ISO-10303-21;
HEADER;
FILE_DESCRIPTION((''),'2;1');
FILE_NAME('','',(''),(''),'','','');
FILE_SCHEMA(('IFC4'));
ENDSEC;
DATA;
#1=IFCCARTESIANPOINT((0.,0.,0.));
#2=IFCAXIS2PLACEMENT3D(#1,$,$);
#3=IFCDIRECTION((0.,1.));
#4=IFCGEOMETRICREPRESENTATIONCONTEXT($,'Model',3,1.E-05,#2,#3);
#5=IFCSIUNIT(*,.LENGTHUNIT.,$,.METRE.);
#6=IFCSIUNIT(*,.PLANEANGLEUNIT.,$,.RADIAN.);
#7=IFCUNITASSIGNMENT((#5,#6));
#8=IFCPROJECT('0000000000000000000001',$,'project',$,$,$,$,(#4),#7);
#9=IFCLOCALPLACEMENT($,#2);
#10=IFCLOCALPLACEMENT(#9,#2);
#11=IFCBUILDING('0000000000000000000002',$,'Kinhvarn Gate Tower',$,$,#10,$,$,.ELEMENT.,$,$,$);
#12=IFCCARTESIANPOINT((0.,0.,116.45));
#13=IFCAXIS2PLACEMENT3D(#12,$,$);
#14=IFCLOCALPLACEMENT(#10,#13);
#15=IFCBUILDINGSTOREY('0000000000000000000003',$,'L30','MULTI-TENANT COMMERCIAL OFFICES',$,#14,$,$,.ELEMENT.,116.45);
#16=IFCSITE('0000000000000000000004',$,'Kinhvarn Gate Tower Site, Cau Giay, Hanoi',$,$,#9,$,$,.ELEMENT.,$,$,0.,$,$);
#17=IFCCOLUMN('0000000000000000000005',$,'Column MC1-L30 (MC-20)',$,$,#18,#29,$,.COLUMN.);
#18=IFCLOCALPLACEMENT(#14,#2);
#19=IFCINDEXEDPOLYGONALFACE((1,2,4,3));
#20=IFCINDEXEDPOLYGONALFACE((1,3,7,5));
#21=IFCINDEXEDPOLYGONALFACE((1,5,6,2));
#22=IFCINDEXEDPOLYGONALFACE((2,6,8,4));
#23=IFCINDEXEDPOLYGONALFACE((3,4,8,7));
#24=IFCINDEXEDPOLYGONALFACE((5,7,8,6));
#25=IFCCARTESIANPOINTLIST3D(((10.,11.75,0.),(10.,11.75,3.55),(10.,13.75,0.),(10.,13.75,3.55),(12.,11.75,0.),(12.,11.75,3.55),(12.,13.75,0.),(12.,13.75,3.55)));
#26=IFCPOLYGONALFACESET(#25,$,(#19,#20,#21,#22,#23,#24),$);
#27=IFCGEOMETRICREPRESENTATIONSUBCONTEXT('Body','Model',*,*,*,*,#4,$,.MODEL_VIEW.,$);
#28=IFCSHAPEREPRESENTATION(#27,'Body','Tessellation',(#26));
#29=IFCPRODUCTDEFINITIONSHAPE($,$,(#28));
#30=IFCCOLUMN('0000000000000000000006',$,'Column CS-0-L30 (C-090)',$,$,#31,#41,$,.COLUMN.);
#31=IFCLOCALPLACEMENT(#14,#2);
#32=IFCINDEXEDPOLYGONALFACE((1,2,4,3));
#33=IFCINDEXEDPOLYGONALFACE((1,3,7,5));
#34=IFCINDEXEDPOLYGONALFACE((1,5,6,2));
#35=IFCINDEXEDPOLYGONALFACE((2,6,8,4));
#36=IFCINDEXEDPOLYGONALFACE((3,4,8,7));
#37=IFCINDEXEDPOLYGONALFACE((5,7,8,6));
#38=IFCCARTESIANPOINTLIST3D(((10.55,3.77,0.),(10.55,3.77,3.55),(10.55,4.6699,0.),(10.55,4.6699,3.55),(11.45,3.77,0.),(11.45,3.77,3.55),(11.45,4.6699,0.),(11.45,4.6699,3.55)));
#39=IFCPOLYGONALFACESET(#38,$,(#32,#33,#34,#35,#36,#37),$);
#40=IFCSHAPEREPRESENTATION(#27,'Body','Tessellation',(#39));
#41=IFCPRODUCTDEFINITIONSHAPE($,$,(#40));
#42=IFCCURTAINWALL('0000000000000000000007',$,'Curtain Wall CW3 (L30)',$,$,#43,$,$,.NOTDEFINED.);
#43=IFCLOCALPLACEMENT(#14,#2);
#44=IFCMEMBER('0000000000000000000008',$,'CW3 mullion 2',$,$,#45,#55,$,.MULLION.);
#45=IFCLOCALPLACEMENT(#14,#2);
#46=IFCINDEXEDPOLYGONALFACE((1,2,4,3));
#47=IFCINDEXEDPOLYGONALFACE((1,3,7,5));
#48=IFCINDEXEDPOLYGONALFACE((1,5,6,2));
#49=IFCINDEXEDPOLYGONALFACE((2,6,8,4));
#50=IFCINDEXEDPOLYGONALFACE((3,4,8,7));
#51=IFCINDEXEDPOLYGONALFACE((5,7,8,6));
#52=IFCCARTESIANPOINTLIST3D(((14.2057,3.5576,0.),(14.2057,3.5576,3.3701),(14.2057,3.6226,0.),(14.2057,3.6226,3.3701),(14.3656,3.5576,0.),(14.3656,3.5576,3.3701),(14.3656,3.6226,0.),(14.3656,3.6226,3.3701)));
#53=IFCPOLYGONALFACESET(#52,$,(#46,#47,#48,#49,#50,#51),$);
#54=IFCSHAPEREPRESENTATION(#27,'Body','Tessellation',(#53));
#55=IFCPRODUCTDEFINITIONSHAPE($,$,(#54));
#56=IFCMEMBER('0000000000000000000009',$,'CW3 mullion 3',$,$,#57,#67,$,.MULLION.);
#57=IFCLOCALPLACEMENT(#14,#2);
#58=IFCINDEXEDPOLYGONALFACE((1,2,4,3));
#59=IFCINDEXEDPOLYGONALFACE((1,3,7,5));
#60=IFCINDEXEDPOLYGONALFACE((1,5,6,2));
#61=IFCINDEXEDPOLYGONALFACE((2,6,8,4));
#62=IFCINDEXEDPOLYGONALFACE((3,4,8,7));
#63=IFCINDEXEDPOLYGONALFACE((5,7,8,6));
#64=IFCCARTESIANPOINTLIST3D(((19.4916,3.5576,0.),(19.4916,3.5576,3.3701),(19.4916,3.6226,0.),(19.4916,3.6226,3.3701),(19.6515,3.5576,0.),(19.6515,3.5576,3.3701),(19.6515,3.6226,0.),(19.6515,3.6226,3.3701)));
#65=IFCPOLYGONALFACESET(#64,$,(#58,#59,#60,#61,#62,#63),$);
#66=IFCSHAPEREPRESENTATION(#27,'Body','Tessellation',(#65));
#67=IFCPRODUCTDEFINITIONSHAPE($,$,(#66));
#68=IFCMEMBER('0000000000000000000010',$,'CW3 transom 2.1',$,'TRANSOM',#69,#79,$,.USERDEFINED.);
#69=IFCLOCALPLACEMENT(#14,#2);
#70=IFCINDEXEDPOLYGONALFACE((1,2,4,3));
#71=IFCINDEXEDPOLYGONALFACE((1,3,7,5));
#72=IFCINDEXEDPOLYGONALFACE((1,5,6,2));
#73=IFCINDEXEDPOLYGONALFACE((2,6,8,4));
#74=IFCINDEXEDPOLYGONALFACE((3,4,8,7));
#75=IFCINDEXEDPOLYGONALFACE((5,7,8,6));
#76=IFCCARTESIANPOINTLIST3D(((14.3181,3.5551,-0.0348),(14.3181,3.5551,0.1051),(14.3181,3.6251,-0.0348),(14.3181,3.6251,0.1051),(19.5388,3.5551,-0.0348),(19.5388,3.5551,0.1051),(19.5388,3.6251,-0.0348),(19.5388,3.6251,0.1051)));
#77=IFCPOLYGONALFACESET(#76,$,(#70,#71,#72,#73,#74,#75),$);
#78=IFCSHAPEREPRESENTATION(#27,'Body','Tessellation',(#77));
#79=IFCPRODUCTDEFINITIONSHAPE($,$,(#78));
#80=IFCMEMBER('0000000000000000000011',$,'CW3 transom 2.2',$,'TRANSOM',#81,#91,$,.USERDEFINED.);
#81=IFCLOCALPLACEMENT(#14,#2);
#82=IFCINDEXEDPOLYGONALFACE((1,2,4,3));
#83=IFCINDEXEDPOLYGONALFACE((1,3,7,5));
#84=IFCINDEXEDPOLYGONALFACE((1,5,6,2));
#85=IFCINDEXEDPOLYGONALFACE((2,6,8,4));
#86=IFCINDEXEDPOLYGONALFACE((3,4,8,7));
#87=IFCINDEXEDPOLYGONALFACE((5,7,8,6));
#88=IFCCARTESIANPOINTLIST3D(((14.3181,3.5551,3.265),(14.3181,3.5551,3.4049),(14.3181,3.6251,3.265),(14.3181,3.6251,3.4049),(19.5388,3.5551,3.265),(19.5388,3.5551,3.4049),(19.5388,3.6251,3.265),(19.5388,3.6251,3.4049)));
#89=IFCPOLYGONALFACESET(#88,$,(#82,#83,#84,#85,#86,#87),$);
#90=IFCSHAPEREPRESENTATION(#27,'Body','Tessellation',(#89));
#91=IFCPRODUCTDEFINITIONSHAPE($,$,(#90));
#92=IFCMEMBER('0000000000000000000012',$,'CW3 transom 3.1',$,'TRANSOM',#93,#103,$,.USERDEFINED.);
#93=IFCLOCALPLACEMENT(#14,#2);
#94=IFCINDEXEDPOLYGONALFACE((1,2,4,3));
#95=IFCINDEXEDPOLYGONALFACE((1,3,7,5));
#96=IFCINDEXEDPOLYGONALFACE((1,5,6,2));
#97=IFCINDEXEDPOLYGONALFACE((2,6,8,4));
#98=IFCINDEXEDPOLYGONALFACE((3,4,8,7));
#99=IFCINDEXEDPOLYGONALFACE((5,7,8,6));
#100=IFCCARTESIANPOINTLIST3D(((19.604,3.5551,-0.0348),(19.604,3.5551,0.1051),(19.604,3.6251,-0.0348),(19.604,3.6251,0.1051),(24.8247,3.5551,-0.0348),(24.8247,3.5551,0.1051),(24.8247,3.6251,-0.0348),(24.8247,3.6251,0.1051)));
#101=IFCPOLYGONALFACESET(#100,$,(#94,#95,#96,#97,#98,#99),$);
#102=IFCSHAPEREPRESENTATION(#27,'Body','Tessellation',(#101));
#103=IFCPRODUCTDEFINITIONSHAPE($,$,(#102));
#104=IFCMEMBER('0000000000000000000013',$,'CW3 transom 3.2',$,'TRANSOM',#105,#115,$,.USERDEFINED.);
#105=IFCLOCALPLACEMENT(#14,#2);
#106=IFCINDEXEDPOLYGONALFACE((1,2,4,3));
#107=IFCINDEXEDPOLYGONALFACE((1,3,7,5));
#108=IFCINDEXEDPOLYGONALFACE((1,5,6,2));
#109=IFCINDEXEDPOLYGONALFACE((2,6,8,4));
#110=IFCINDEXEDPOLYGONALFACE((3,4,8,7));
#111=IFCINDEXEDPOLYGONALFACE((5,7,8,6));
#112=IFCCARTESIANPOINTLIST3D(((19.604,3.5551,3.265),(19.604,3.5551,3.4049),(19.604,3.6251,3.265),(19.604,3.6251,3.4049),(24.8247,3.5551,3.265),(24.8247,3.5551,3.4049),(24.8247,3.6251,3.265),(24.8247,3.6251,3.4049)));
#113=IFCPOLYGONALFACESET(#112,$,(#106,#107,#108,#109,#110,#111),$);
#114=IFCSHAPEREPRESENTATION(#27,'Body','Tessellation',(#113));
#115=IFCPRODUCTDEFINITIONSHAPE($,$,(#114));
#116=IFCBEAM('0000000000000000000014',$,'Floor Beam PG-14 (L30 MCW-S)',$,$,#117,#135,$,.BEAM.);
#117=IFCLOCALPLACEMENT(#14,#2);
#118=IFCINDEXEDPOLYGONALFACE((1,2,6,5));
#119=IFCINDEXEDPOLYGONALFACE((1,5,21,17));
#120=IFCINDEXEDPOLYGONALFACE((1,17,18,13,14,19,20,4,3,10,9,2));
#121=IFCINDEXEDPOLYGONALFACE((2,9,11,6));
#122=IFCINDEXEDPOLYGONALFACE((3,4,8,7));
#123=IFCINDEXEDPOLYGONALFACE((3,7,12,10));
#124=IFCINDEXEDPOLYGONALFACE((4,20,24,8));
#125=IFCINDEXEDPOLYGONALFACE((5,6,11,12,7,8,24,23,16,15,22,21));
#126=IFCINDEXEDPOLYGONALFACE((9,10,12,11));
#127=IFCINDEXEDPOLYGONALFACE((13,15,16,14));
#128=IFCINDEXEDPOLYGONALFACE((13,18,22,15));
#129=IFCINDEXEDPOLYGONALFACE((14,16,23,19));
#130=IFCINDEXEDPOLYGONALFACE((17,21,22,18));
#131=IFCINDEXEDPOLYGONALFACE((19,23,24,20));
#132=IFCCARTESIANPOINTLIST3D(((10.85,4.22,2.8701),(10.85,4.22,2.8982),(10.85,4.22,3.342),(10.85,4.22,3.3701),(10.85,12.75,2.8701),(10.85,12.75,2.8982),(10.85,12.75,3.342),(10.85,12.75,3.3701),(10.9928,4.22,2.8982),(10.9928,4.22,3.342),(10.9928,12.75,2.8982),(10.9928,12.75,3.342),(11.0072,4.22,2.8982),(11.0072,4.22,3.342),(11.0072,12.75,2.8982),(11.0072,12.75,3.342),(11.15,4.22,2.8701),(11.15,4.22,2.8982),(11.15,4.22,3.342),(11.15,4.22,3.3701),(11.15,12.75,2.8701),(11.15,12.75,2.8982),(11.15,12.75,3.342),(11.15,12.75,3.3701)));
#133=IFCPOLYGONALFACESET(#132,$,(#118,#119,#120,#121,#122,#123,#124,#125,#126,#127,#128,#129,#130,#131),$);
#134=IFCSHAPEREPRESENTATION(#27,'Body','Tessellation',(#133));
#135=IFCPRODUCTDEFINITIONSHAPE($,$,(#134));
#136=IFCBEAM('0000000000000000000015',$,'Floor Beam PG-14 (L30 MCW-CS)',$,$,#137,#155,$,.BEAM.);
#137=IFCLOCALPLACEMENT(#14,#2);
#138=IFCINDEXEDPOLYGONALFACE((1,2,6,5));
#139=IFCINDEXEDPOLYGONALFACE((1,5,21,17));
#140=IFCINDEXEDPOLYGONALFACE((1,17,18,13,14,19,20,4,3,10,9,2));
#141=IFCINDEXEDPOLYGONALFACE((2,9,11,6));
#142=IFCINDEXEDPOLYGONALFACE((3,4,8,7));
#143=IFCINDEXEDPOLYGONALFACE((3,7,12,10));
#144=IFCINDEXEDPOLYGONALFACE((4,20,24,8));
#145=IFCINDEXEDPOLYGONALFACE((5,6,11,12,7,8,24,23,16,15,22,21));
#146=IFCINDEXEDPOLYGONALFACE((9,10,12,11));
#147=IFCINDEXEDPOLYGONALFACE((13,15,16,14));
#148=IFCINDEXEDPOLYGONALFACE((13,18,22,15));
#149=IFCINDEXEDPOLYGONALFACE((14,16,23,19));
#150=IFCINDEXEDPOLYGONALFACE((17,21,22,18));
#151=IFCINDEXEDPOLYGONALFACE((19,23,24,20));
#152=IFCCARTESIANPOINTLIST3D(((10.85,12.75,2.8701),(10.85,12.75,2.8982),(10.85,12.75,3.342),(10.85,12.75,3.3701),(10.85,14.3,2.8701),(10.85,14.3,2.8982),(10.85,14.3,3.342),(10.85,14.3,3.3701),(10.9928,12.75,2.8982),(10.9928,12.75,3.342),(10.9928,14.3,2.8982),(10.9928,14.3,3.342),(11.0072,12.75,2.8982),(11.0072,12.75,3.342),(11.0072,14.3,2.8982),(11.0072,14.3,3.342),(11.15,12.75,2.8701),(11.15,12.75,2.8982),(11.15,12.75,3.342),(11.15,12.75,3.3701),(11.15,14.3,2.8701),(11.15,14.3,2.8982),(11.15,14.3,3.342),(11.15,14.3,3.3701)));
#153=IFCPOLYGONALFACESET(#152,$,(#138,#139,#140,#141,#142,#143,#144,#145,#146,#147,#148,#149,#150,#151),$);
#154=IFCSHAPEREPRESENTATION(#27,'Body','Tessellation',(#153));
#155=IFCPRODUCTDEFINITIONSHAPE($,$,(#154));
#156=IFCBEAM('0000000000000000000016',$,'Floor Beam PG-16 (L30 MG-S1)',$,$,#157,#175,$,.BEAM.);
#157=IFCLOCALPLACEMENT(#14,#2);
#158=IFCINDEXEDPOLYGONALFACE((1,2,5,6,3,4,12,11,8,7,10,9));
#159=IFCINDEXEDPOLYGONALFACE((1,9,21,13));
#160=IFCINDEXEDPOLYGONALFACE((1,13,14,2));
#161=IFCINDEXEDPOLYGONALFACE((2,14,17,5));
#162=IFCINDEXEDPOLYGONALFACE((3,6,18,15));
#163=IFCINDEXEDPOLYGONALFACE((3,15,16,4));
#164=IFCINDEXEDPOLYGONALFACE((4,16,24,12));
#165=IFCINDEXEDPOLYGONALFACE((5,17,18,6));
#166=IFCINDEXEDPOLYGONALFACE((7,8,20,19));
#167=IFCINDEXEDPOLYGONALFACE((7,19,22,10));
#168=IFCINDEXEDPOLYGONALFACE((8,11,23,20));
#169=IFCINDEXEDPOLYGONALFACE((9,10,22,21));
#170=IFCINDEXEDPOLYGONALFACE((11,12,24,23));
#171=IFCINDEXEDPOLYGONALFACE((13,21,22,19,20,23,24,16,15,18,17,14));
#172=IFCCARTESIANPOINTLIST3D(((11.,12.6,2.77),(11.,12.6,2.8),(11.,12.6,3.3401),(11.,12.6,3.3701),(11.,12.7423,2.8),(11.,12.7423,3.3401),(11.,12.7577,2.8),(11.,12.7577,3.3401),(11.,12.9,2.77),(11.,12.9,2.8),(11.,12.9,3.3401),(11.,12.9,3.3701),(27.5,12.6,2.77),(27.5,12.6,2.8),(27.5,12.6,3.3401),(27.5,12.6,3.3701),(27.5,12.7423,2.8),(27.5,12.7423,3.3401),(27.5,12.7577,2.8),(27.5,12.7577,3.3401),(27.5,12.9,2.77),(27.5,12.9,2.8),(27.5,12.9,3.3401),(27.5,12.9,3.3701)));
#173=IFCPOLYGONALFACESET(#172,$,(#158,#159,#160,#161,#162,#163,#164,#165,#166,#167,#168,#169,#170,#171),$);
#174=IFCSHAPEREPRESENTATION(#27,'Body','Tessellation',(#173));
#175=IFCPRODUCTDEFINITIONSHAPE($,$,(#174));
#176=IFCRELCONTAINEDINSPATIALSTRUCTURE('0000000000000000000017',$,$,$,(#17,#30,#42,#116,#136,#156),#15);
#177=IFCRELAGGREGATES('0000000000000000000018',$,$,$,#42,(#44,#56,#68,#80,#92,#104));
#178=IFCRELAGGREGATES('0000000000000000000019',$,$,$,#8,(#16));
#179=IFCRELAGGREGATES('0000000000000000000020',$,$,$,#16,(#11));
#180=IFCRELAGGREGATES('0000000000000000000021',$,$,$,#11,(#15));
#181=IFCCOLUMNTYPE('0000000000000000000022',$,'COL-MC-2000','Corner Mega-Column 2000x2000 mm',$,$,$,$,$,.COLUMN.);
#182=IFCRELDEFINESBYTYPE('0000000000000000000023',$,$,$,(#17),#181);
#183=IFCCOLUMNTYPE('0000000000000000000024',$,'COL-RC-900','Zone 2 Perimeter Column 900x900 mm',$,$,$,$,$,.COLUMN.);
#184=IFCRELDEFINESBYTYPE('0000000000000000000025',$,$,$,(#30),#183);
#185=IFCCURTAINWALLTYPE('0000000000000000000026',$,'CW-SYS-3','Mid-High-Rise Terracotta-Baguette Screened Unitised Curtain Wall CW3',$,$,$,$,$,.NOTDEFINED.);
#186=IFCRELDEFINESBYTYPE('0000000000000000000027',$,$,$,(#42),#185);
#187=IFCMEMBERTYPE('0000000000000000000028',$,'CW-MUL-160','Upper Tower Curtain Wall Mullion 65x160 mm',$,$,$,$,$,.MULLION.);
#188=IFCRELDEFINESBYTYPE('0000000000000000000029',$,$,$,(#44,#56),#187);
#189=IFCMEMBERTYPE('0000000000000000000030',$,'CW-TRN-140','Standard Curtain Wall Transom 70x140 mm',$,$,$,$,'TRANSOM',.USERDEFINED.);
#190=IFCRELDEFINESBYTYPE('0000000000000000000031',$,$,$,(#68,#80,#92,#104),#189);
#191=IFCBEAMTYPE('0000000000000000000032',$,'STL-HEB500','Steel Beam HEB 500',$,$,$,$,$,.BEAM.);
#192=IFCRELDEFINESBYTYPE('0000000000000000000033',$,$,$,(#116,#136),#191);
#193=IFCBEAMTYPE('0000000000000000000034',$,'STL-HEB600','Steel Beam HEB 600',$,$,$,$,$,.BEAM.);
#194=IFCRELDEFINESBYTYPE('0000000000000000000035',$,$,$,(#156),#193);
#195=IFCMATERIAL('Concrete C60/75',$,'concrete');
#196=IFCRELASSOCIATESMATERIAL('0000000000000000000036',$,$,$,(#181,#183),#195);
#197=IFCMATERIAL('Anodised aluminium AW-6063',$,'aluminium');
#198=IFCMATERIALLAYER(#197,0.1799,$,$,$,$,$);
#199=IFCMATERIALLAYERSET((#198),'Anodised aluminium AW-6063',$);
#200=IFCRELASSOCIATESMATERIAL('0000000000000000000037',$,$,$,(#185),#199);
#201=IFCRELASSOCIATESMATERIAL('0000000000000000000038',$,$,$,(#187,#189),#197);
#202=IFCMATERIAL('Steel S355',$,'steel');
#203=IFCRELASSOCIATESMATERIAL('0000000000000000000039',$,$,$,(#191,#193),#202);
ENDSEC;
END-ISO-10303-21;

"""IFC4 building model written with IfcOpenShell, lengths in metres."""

from ifc_helpers import new_model, si_unit, direction, frame, origin, origin_2d, place, context, subcontext, project, spatial, rectangle, i_section, extrude, material, layer, layer_set, material_profile, profile_set, type_object, element, aggregate, save


model = new_model("IFC4")

# Units and contexts
model_context = context("Model", 3, precision=1e-05, world=origin(), true_north=direction((0.0, 1.0)))
body_context = subcontext(model_context, "Body", "Model", "MODEL_VIEW")
ifc_project = project(units=[si_unit("LENGTHUNIT", "METRE"), si_unit("PLANEANGLEUNIT", "RADIAN")], contexts=[model_context])

# Site, building, storey
site_placement = place(None, origin())
site = spatial("IfcSite", under=ifc_project, at=site_placement, Name="Kinhvarn Gate Tower Site, Cau Giay, Hanoi", CompositionType="ELEMENT", RefElevation=0.0)
building_placement = place(site_placement, origin())
building = spatial("IfcBuilding", under=site, at=building_placement, Name="Kinhvarn Gate Tower", CompositionType="ELEMENT")
storey_placement = place(building_placement, frame((0.0, 0.0, 116.45)))
storey = spatial("IfcBuildingStorey", under=building, at=storey_placement, Name="L30", Description="MULTI-TENANT COMMERCIAL OFFICES", CompositionType="ELEMENT", Elevation=116.45)

# Columns
ifc_material_1 = material(Name="Concrete C60/75", Category="concrete")
ifc_material_profile_1 = material_profile(ifc_material_1, rectangle(XDim=2.0, YDim=2.0, at=origin_2d()), Name="RC 2000x2000")
ifc_profile_set_1 = profile_set([ifc_material_profile_1], Name="Concrete C60/75")
column_type_1 = type_object("IfcColumnType", Name="COL-MC-2000", Description="Corner Mega-Column 2000x2000 mm", PredefinedType="COLUMN", material=ifc_profile_set_1)
column_1_placement = place(storey_placement, frame((11.0, 12.75, 0.0), z_axis=(0.0, 0.0, 1.0), x_axis=(1.0, 0.0, 0.0)))
element("IfcColumn", 1, at=column_1_placement, inside=storey, type_object=column_type_1, Name="Column MC1-L30 (MC-20)", PredefinedType="COLUMN", context=body_context, shape_type="SweptSolid", body=[
    extrude(rectangle(XDim=2.0, YDim=2.0, at=origin_2d()), origin(), (0.0, 0.0, 1.0), 3.55),
])
ifc_material_profile_2 = material_profile(ifc_material_1, rectangle(XDim=0.8999, YDim=0.8999, at=origin_2d()), Name="RC 900x900")
ifc_profile_set_2 = profile_set([ifc_material_profile_2], Name="Concrete C60/75")
column_type_2 = type_object("IfcColumnType", Name="COL-RC-900", Description="Zone 2 Perimeter Column 900x900 mm", PredefinedType="COLUMN", material=ifc_profile_set_2)
column_2_placement = place(storey_placement, frame((11.0, 4.22, 0.0), z_axis=(0.0, 0.0, 1.0), x_axis=(1.0, 0.0, 0.0)))
element("IfcColumn", 2, at=column_2_placement, inside=storey, type_object=column_type_2, Name="Column CS-0-L30 (C-090)", PredefinedType="COLUMN", context=body_context, shape_type="SweptSolid", body=[
    extrude(rectangle(XDim=0.8999, YDim=0.8999, at=origin_2d()), origin(), (0.0, 0.0, 1.0), 3.55),
])

# Curtain wall, members
ifc_material_2 = material(Name="Anodised aluminium AW-6063", Category="aluminium")
ifc_layer_1 = layer(ifc_material_2, 0.1799)
ifc_layer_set_1 = layer_set([ifc_layer_1], Name="Anodised aluminium AW-6063")
curtain_wall_type = type_object("IfcCurtainWallType", Name="CW-SYS-3", Description="Mid-High-Rise Terracotta-Baguette Screened Unitised Curtain Wall CW3", PredefinedType="NOTDEFINED", material=ifc_layer_set_1)
curtain_wall_placement = place(storey_placement, origin())
curtain_wall = element("IfcCurtainWall", 3, at=curtain_wall_placement, inside=storey, type_object=curtain_wall_type, Name="Curtain Wall CW3 (L30)", PredefinedType="NOTDEFINED")
ifc_material_profile_3 = material_profile(ifc_material_2, rectangle(XDim=0.0649, YDim=0.1599, at=origin_2d()), Name="ALU 65x160")
ifc_profile_set_3 = profile_set([ifc_material_profile_3], Name="Anodised aluminium AW-6063")
member_type_1 = type_object("IfcMemberType", Name="CW-MUL-160", Description="Upper Tower Curtain Wall Mullion 65x160 mm", PredefinedType="MULLION", material=ifc_profile_set_3)
member_1_placement = place(storey_placement, frame((14.2856, 3.5901, 0.0), z_axis=(0.0, 0.0, 1.0), x_axis=(0.0, 1.0, 0.0)))
member_1 = element("IfcMember", 4, at=member_1_placement, type_object=member_type_1, Name="CW3 mullion 2", PredefinedType="MULLION", context=body_context, shape_type="SweptSolid", body=[
    extrude(rectangle(XDim=0.0649, YDim=0.1599, at=origin_2d()), origin(), (0.0, 0.0, 1.0), 3.3701),
])
member_2_placement = place(storey_placement, frame((19.5715, 3.5901, 0.0), z_axis=(0.0, 0.0, 1.0), x_axis=(0.0, 1.0, 0.0)))
member_2 = element("IfcMember", 5, at=member_2_placement, type_object=member_type_1, Name="CW3 mullion 3", PredefinedType="MULLION", context=body_context, shape_type="SweptSolid", body=[
    extrude(rectangle(XDim=0.0649, YDim=0.1599, at=origin_2d()), origin(), (0.0, 0.0, 1.0), 3.3701),
])
ifc_material_profile_4 = material_profile(ifc_material_2, rectangle(XDim=0.0701, YDim=0.1399, at=origin_2d()), Name="ALU 70x140")
ifc_profile_set_4 = profile_set([ifc_material_profile_4], Name="Anodised aluminium AW-6063")
member_type_2 = type_object("IfcMemberType", Name="CW-TRN-140", Description="Standard Curtain Wall Transom 70x140 mm", ElementType="TRANSOM", PredefinedType="USERDEFINED", material=ifc_profile_set_4)
member_3_placement = place(storey_placement, frame((14.3181, 3.5901, 0.0352), z_axis=(1.0, 0.0, 0.0), x_axis=(0.0, 1.0, 0.0)))
member_3 = element("IfcMember", 6, at=member_3_placement, type_object=member_type_2, Name="CW3 transom 2.1", ObjectType="TRANSOM", PredefinedType="USERDEFINED", context=body_context, shape_type="SweptSolid", body=[
    extrude(rectangle(XDim=0.0701, YDim=0.1399, at=origin_2d()), origin(), (0.0, 0.0, 1.0), 5.2207),
])
member_4_placement = place(storey_placement, frame((14.3181, 3.5901, 3.335), z_axis=(1.0, 0.0, 0.0), x_axis=(0.0, 1.0, 0.0)))
member_4 = element("IfcMember", 7, at=member_4_placement, type_object=member_type_2, Name="CW3 transom 2.2", ObjectType="TRANSOM", PredefinedType="USERDEFINED", context=body_context, shape_type="SweptSolid", body=[
    extrude(rectangle(XDim=0.0701, YDim=0.1399, at=origin_2d()), origin(), (0.0, 0.0, 1.0), 5.2207),
])
member_5_placement = place(storey_placement, frame((19.604, 3.5901, 0.0352), z_axis=(1.0, 0.0, 0.0), x_axis=(0.0, 1.0, 0.0)))
member_5 = element("IfcMember", 8, at=member_5_placement, type_object=member_type_2, Name="CW3 transom 3.1", ObjectType="TRANSOM", PredefinedType="USERDEFINED", context=body_context, shape_type="SweptSolid", body=[
    extrude(rectangle(XDim=0.0701, YDim=0.1399, at=origin_2d()), origin(), (0.0, 0.0, 1.0), 5.2207),
])
member_6_placement = place(storey_placement, frame((19.604, 3.5901, 3.335), z_axis=(1.0, 0.0, 0.0), x_axis=(0.0, 1.0, 0.0)))
member_6 = element("IfcMember", 9, at=member_6_placement, type_object=member_type_2, Name="CW3 transom 3.2", ObjectType="TRANSOM", PredefinedType="USERDEFINED", context=body_context, shape_type="SweptSolid", body=[
    extrude(rectangle(XDim=0.0701, YDim=0.1399, at=origin_2d()), origin(), (0.0, 0.0, 1.0), 5.2207),
])

# Beams
ifc_material_3 = material(Name="Steel S355", Category="steel")
ifc_material_profile_5 = material_profile(ifc_material_3, i_section(OverallWidth=0.3, OverallDepth=0.5, WebThickness=0.0144, FlangeThickness=0.0281, at=origin_2d()), Name="HEB 500")
ifc_profile_set_5 = profile_set([ifc_material_profile_5], Name="Steel S355")
beam_type_1 = type_object("IfcBeamType", Name="STL-HEB500", Description="Steel Beam HEB 500", PredefinedType="BEAM", material=ifc_profile_set_5)
beam_1_placement = place(storey_placement, frame((11.0, 4.22, 3.1201), z_axis=(0.0, 1.0, 0.0), x_axis=(-1.0, 0.0, 0.0)))
element("IfcBeam", 10, at=beam_1_placement, inside=storey, type_object=beam_type_1, Name="Floor Beam PG-14 (L30 MCW-S)", PredefinedType="BEAM", context=body_context, shape_type="SweptSolid", body=[
    extrude(i_section(OverallWidth=0.3, OverallDepth=0.5, WebThickness=0.0144, FlangeThickness=0.0281, at=origin_2d()), origin(), (0.0, 0.0, 1.0), 8.53),
])
beam_2_placement = place(storey_placement, frame((11.0, 12.75, 3.1201), z_axis=(0.0, 1.0, 0.0), x_axis=(-1.0, 0.0, 0.0)))
element("IfcBeam", 11, at=beam_2_placement, inside=storey, type_object=beam_type_1, Name="Floor Beam PG-14 (L30 MCW-CS)", PredefinedType="BEAM", context=body_context, shape_type="SweptSolid", body=[
    extrude(i_section(OverallWidth=0.3, OverallDepth=0.5, WebThickness=0.0144, FlangeThickness=0.0281, at=origin_2d()), origin(), (0.0, 0.0, 1.0), 1.55),
])
ifc_material_profile_6 = material_profile(ifc_material_3, i_section(OverallWidth=0.3, OverallDepth=0.6001, WebThickness=0.0154, FlangeThickness=0.03, at=origin_2d()), Name="HEB 600")
ifc_profile_set_6 = profile_set([ifc_material_profile_6], Name="Steel S355")
beam_type_2 = type_object("IfcBeamType", Name="STL-HEB600", Description="Steel Beam HEB 600", PredefinedType="BEAM", material=ifc_profile_set_6)
beam_3_placement = place(storey_placement, frame((11.0, 12.75, 3.0701), z_axis=(1.0, 0.0, 0.0), x_axis=(0.0, 1.0, 0.0)))
element("IfcBeam", 12, at=beam_3_placement, inside=storey, type_object=beam_type_2, Name="Floor Beam PG-16 (L30 MG-S1)", PredefinedType="BEAM", context=body_context, shape_type="SweptSolid", body=[
    extrude(i_section(OverallWidth=0.3, OverallDepth=0.6001, WebThickness=0.0154, FlangeThickness=0.03, at=origin_2d()), origin(), (0.0, 0.0, 1.0), 16.5),
])

aggregate(curtain_wall, [member_1, member_2, member_3, member_4, member_5, member_6])

save(model, "model.ifc")
